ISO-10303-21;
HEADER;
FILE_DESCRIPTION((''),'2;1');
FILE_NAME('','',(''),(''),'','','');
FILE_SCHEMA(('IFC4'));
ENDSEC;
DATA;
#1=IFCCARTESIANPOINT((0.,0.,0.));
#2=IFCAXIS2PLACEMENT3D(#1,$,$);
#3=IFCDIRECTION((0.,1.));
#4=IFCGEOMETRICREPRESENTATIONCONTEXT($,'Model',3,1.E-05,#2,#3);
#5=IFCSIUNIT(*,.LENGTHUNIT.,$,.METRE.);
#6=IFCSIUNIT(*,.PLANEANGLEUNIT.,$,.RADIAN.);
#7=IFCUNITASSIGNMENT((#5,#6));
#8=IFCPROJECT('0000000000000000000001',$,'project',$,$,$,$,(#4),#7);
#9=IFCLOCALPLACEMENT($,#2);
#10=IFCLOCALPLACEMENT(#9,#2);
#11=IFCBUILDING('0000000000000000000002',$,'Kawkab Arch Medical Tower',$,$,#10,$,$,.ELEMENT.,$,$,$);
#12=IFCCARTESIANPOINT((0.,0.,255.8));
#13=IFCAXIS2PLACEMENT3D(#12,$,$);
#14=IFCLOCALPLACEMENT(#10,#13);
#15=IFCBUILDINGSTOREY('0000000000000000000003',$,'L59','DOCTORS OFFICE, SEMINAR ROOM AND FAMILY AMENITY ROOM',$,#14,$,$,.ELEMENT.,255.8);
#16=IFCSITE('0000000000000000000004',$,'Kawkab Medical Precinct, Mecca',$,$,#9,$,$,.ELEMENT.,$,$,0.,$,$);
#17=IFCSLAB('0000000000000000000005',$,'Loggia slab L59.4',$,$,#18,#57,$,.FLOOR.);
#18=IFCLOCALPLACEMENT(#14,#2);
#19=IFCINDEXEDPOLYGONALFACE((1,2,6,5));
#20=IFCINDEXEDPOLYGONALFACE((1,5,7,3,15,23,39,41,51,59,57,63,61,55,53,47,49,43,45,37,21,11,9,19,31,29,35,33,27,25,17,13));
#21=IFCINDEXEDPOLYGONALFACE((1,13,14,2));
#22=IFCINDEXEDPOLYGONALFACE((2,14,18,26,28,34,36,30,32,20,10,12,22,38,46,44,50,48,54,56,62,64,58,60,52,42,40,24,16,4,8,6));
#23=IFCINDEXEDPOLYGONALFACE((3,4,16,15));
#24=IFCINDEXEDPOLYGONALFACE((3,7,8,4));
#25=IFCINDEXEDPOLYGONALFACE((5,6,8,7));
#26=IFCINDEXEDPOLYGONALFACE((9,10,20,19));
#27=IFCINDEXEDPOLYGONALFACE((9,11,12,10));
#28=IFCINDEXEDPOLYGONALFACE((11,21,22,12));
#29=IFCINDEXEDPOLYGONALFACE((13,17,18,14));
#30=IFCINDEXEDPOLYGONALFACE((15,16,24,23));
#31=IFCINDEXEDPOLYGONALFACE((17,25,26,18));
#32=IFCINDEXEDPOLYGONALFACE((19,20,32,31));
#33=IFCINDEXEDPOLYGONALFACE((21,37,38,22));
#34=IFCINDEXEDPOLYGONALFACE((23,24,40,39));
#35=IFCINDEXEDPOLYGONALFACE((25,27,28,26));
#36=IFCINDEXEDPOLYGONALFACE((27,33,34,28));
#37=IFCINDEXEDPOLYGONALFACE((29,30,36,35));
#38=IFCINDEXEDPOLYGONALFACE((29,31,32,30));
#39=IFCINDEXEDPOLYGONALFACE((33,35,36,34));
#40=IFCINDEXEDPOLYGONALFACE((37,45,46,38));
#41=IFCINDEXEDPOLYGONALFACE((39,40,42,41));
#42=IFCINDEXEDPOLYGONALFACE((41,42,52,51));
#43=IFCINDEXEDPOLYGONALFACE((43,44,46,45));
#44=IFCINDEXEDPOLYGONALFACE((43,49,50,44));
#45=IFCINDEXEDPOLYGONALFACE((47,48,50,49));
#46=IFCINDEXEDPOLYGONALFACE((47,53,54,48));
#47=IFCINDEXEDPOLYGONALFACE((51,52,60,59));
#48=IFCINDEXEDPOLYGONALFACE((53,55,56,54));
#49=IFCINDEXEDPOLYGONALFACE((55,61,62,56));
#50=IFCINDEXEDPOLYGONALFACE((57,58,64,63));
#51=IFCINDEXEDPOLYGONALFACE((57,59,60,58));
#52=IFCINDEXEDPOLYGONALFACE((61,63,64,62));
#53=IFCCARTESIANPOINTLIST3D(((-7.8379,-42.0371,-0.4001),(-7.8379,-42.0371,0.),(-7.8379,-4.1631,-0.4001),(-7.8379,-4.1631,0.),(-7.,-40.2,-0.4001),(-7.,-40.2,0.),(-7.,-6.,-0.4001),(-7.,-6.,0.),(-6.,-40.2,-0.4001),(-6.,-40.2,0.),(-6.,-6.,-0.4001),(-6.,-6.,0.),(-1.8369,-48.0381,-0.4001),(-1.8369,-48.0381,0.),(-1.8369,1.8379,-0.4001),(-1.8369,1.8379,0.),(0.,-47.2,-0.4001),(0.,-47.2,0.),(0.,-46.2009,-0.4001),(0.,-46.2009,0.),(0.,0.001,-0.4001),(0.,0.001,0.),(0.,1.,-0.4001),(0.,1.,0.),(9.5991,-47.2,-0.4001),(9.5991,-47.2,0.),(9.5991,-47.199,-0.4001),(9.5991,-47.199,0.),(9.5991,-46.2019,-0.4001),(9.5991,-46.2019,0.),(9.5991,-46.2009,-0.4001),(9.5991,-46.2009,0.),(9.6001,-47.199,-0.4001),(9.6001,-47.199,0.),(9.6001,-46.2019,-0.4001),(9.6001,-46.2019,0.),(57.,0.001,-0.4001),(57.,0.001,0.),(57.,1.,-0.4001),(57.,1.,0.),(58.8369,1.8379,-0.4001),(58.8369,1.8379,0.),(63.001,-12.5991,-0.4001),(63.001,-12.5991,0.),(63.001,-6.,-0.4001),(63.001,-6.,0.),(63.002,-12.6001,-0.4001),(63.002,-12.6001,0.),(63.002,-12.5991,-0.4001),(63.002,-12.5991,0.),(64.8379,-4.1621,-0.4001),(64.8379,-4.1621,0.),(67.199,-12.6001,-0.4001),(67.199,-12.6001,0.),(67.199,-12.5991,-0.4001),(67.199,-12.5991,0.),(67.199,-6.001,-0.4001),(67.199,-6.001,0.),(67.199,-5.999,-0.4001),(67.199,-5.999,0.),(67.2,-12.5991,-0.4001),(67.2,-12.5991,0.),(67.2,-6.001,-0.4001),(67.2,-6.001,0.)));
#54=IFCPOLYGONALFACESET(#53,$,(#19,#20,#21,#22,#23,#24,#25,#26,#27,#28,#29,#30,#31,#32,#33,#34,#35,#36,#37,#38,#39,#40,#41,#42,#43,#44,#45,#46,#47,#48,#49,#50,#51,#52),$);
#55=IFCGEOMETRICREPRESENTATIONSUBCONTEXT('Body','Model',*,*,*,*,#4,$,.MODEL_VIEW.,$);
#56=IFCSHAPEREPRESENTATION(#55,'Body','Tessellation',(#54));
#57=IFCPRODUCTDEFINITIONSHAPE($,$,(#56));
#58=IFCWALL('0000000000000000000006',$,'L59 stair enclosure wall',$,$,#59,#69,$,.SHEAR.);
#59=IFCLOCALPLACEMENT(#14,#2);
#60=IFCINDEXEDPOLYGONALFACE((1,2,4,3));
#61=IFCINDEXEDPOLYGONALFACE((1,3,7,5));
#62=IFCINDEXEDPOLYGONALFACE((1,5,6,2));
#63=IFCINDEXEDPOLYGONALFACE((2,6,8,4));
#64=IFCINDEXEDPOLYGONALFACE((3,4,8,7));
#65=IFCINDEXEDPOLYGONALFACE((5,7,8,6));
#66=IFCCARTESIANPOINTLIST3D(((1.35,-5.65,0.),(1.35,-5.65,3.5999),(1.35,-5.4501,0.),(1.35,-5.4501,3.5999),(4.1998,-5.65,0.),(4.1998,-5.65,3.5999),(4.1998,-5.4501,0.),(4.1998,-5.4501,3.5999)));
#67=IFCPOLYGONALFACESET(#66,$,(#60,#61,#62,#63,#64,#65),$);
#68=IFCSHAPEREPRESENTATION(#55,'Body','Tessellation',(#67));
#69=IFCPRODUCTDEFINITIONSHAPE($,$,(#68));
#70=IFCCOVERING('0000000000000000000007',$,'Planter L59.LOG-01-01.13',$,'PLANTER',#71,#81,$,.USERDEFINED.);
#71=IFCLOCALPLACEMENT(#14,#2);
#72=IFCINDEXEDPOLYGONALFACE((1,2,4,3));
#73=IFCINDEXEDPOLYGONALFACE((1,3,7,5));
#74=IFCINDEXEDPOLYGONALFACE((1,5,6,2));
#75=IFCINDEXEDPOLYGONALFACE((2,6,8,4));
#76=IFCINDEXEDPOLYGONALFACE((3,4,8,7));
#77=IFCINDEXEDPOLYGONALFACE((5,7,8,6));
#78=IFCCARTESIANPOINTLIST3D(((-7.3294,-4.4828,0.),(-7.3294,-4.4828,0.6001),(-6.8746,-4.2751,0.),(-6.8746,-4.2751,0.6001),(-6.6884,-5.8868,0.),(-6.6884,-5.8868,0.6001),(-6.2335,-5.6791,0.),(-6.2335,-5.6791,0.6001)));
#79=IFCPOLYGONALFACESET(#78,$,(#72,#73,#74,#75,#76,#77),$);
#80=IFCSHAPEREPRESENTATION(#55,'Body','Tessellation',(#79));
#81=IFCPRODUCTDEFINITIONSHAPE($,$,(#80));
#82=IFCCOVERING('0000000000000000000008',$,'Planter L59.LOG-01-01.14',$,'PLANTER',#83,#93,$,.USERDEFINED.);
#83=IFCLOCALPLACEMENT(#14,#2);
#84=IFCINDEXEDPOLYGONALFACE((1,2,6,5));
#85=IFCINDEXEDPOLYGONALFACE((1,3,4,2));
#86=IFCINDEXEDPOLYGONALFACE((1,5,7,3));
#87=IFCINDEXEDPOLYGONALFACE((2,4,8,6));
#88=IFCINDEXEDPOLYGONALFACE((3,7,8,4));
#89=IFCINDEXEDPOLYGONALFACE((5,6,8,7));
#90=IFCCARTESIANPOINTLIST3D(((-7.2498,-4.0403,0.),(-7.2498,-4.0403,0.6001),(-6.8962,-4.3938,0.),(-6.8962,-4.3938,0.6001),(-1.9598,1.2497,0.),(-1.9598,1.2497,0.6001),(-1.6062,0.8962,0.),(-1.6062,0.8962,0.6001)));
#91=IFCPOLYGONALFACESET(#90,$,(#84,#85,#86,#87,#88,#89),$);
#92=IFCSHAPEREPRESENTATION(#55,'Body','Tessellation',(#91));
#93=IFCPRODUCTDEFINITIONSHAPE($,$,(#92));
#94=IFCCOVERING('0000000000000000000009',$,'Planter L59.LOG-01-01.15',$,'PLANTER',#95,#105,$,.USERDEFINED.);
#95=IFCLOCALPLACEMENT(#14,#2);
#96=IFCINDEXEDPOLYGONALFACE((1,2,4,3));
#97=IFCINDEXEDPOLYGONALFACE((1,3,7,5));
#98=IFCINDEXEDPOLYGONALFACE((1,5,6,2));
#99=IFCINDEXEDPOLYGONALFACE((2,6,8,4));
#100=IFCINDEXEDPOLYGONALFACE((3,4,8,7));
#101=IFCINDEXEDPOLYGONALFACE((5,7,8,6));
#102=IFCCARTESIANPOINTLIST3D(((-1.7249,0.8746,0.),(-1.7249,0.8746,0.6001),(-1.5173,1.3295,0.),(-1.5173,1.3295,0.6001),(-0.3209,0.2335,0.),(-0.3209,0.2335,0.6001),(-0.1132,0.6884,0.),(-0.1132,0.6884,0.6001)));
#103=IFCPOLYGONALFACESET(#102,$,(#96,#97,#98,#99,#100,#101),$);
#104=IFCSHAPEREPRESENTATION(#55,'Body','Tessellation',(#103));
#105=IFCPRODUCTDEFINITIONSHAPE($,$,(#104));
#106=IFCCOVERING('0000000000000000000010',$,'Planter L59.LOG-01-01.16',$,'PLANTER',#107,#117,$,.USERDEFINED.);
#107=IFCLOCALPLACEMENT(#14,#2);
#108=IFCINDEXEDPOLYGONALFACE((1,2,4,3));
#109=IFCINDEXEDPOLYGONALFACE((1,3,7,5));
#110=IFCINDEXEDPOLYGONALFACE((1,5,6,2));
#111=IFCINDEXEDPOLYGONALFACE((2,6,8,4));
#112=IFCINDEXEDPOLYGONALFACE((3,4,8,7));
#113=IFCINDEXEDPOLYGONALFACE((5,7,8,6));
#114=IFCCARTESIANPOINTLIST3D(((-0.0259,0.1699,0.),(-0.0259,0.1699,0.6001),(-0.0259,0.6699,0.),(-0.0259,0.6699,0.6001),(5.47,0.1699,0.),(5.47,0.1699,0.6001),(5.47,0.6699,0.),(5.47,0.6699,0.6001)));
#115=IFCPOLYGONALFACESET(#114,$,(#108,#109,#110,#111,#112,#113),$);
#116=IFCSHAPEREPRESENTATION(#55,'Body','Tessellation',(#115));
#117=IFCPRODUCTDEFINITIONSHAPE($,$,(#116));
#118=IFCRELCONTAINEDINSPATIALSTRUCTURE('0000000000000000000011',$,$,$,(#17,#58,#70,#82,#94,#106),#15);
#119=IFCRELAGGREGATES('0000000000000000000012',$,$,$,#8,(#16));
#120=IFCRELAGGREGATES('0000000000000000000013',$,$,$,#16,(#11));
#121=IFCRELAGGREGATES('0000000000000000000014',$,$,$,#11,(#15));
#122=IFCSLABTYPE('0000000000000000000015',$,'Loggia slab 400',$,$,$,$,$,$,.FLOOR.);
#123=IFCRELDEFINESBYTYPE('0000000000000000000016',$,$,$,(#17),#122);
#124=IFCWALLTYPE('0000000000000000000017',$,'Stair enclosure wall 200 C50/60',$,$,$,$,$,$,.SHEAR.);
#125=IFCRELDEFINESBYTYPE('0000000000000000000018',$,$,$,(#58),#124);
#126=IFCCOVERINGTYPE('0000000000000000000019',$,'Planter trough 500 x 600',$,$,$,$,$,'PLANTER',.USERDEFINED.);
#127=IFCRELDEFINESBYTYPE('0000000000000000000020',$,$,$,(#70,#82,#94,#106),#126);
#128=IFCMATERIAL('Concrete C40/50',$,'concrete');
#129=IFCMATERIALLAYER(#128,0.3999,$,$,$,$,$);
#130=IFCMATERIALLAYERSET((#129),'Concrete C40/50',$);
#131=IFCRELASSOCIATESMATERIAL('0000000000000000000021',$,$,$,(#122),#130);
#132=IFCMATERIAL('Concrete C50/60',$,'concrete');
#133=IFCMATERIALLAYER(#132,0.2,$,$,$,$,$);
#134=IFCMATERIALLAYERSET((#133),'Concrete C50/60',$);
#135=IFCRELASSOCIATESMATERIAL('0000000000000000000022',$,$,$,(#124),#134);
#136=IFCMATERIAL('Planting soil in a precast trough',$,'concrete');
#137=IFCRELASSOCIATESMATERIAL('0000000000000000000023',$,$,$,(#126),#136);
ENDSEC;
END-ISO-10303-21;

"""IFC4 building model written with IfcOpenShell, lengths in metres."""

from ifc_helpers import new_model, si_unit, direction, frame, frame_2d, origin, origin_2d, place, context, subcontext, project, spatial, polyline, rectangle, outline, extrude, material, layer, layer_set, material_profile, profile_set, type_object, element, save


model = new_model("IFC4")

# Units and contexts
model_context = context("Model", 3, precision=1e-05, world=origin(), true_north=direction((0.0, 1.0)))
body_context = subcontext(model_context, "Body", "Model", "MODEL_VIEW")
ifc_project = project(units=[si_unit("LENGTHUNIT", "METRE"), si_unit("PLANEANGLEUNIT", "RADIAN")], contexts=[model_context])

# Site, building, storey
site_placement = place(None, origin())
site = spatial("IfcSite", under=ifc_project, at=site_placement, Name="Kawkab Medical Precinct, Mecca", CompositionType="ELEMENT", RefElevation=0.0)
building_placement = place(site_placement, origin())
building = spatial("IfcBuilding", under=site, at=building_placement, Name="Kawkab Arch Medical Tower", CompositionType="ELEMENT")
storey_placement = place(building_placement, frame((0.0, 0.0, 255.8)))
storey = spatial("IfcBuildingStorey", under=building, at=storey_placement, Name="L59", Description="DOCTORS OFFICE, SEMINAR ROOM AND FAMILY AMENITY ROOM", CompositionType="ELEMENT", Elevation=255.8)

# Slab
ifc_material_1 = material(Name="Concrete C40/50", Category="concrete")
ifc_layer_1 = layer(ifc_material_1, 0.3999)
ifc_layer_set_1 = layer_set([ifc_layer_1], Name="Concrete C40/50")
slab_type_1 = type_object("IfcSlabType", Name="Loggia slab 400", PredefinedType="FLOOR", material=ifc_layer_set_1)
placement_1 = place(storey_placement, frame((0.0, 0.0, -0.4001)))
element("IfcSlab", 1, at=placement_1, inside=storey, type_object=slab_type_1, Name="Loggia slab L59.4", PredefinedType="FLOOR", context=body_context, shape_type="SweptSolid", body=[
    extrude(outline(polyline([(-7.8379, -42.0371), (-7.0, -40.2), (-7.0, -6.0), (-7.8379, -4.1631), (-1.8369, 1.8379), (0.0, 1.0), (57.0, 1.0), (58.8369, 1.8379), (64.8379, -4.1621), (67.199, -5.999), (67.199, -6.001), (67.2, -6.001), (67.2, -12.5991), (67.199, -12.5991), (67.199, -12.6001), (63.002, -12.6001), (63.002, -12.5991), (63.001, -12.5991), (63.001, -6.0), (57.0, 0.001), (0.0, 0.001), (-6.0, -6.0), (-6.0, -40.2), (0.0, -46.2009), (9.5991, -46.2009), (9.5991, -46.2019), (9.6001, -46.2019), (9.6001, -47.199), (9.5991, -47.199), (9.5991, -47.2), (0.0, -47.2), (-1.8369, -48.0381), (-7.8379, -42.0371)])), origin(), (0.0, 0.0, 1.0), 0.4001),
])

# Wall
ifc_material_2 = material(Name="Concrete C50/60", Category="concrete")
ifc_layer_2 = layer(ifc_material_2, 0.2)
ifc_layer_set_2 = layer_set([ifc_layer_2], Name="Concrete C50/60")
wall_type = type_object("IfcWallType", Name="Stair enclosure wall 200 C50/60", PredefinedType="SHEAR", material=ifc_layer_set_2)
wall_placement = place(storey_placement, frame((1.3501, -5.55, 0.0), z_axis=(0.0, 0.0, 1.0), x_axis=(1.0, 0.0, 0.0)))
element("IfcWall", 2, at=wall_placement, inside=storey, type_object=wall_type, Name="L59 stair enclosure wall", PredefinedType="SHEAR", context=body_context, shape_type="SweptSolid", body=[
    extrude(rectangle(XDim=2.8499, YDim=0.2, at=frame_2d((1.4248, 0.0))), origin(), (0.0, 0.0, 1.0), 3.5999),
])

# Coverings
ifc_material_3 = material(Name="Planting soil in a precast trough", Category="concrete")
ifc_material_profile_1 = material_profile(ifc_material_3, rectangle(XDim=0.5, YDim=0.6001, at=origin_2d()), Name="Trough 500x600")
ifc_profile_set_1 = profile_set([ifc_material_profile_1], Name="Planting soil in a precast trough")
covering_type = type_object("IfcCoveringType", Name="Planter trough 500 x 600", ElementType="PLANTER", PredefinedType="USERDEFINED", material=ifc_profile_set_1)
covering_1_placement = place(storey_placement, frame((-6.4609, -5.783, 0.3), z_axis=(-0.415363, 0.909656, 0.0), x_axis=(-0.909656, -0.415363, 0.0)))
element("IfcCovering", 3, at=covering_1_placement, inside=storey, type_object=covering_type, Name="Planter L59.LOG-01-01.13", ObjectType="PLANTER", PredefinedType="USERDEFINED", context=body_context, shape_type="SweptSolid", body=[
    extrude(rectangle(XDim=0.5, YDim=0.6001, at=origin_2d()), origin(), (0.0, 0.0, 1.0), 1.5435),
])
covering_2_placement = place(storey_placement, frame((-7.073, -4.217, 0.3), z_axis=(0.707107, 0.707107, 0.0), x_axis=(-0.707107, 0.707107, 0.0)))
element("IfcCovering", 4, at=covering_2_placement, inside=storey, type_object=covering_type, Name="Planter L59.LOG-01-01.14", ObjectType="PLANTER", PredefinedType="USERDEFINED", context=body_context, shape_type="SweptSolid", body=[
    extrude(rectangle(XDim=0.5, YDim=0.6001, at=origin_2d()), origin(), (0.0, 0.0, 1.0), 7.4812),
])
covering_3_placement = place(storey_placement, frame((-1.6211, 1.1021, 0.3), z_axis=(0.909656, -0.415363, 0.0), x_axis=(0.415363, 0.909656, 0.0)))
element("IfcCovering", 5, at=covering_3_placement, inside=storey, type_object=covering_type, Name="Planter L59.LOG-01-01.15", ObjectType="PLANTER", PredefinedType="USERDEFINED", context=body_context, shape_type="SweptSolid", body=[
    extrude(rectangle(XDim=0.5, YDim=0.6001, at=origin_2d()), origin(), (0.0, 0.0, 1.0), 1.5435),
])
covering_4_placement = place(storey_placement, frame((-0.0259, 0.4199, 0.3), z_axis=(1.0, 0.0, 0.0), x_axis=(0.0, 1.0, 0.0)))
element("IfcCovering", 6, at=covering_4_placement, inside=storey, type_object=covering_type, Name="Planter L59.LOG-01-01.16", ObjectType="PLANTER", PredefinedType="USERDEFINED", context=body_context, shape_type="SweptSolid", body=[
    extrude(rectangle(XDim=0.5, YDim=0.6001, at=origin_2d()), origin(), (0.0, 0.0, 1.0), 5.4958),
])

save(model, "model.ifc")
